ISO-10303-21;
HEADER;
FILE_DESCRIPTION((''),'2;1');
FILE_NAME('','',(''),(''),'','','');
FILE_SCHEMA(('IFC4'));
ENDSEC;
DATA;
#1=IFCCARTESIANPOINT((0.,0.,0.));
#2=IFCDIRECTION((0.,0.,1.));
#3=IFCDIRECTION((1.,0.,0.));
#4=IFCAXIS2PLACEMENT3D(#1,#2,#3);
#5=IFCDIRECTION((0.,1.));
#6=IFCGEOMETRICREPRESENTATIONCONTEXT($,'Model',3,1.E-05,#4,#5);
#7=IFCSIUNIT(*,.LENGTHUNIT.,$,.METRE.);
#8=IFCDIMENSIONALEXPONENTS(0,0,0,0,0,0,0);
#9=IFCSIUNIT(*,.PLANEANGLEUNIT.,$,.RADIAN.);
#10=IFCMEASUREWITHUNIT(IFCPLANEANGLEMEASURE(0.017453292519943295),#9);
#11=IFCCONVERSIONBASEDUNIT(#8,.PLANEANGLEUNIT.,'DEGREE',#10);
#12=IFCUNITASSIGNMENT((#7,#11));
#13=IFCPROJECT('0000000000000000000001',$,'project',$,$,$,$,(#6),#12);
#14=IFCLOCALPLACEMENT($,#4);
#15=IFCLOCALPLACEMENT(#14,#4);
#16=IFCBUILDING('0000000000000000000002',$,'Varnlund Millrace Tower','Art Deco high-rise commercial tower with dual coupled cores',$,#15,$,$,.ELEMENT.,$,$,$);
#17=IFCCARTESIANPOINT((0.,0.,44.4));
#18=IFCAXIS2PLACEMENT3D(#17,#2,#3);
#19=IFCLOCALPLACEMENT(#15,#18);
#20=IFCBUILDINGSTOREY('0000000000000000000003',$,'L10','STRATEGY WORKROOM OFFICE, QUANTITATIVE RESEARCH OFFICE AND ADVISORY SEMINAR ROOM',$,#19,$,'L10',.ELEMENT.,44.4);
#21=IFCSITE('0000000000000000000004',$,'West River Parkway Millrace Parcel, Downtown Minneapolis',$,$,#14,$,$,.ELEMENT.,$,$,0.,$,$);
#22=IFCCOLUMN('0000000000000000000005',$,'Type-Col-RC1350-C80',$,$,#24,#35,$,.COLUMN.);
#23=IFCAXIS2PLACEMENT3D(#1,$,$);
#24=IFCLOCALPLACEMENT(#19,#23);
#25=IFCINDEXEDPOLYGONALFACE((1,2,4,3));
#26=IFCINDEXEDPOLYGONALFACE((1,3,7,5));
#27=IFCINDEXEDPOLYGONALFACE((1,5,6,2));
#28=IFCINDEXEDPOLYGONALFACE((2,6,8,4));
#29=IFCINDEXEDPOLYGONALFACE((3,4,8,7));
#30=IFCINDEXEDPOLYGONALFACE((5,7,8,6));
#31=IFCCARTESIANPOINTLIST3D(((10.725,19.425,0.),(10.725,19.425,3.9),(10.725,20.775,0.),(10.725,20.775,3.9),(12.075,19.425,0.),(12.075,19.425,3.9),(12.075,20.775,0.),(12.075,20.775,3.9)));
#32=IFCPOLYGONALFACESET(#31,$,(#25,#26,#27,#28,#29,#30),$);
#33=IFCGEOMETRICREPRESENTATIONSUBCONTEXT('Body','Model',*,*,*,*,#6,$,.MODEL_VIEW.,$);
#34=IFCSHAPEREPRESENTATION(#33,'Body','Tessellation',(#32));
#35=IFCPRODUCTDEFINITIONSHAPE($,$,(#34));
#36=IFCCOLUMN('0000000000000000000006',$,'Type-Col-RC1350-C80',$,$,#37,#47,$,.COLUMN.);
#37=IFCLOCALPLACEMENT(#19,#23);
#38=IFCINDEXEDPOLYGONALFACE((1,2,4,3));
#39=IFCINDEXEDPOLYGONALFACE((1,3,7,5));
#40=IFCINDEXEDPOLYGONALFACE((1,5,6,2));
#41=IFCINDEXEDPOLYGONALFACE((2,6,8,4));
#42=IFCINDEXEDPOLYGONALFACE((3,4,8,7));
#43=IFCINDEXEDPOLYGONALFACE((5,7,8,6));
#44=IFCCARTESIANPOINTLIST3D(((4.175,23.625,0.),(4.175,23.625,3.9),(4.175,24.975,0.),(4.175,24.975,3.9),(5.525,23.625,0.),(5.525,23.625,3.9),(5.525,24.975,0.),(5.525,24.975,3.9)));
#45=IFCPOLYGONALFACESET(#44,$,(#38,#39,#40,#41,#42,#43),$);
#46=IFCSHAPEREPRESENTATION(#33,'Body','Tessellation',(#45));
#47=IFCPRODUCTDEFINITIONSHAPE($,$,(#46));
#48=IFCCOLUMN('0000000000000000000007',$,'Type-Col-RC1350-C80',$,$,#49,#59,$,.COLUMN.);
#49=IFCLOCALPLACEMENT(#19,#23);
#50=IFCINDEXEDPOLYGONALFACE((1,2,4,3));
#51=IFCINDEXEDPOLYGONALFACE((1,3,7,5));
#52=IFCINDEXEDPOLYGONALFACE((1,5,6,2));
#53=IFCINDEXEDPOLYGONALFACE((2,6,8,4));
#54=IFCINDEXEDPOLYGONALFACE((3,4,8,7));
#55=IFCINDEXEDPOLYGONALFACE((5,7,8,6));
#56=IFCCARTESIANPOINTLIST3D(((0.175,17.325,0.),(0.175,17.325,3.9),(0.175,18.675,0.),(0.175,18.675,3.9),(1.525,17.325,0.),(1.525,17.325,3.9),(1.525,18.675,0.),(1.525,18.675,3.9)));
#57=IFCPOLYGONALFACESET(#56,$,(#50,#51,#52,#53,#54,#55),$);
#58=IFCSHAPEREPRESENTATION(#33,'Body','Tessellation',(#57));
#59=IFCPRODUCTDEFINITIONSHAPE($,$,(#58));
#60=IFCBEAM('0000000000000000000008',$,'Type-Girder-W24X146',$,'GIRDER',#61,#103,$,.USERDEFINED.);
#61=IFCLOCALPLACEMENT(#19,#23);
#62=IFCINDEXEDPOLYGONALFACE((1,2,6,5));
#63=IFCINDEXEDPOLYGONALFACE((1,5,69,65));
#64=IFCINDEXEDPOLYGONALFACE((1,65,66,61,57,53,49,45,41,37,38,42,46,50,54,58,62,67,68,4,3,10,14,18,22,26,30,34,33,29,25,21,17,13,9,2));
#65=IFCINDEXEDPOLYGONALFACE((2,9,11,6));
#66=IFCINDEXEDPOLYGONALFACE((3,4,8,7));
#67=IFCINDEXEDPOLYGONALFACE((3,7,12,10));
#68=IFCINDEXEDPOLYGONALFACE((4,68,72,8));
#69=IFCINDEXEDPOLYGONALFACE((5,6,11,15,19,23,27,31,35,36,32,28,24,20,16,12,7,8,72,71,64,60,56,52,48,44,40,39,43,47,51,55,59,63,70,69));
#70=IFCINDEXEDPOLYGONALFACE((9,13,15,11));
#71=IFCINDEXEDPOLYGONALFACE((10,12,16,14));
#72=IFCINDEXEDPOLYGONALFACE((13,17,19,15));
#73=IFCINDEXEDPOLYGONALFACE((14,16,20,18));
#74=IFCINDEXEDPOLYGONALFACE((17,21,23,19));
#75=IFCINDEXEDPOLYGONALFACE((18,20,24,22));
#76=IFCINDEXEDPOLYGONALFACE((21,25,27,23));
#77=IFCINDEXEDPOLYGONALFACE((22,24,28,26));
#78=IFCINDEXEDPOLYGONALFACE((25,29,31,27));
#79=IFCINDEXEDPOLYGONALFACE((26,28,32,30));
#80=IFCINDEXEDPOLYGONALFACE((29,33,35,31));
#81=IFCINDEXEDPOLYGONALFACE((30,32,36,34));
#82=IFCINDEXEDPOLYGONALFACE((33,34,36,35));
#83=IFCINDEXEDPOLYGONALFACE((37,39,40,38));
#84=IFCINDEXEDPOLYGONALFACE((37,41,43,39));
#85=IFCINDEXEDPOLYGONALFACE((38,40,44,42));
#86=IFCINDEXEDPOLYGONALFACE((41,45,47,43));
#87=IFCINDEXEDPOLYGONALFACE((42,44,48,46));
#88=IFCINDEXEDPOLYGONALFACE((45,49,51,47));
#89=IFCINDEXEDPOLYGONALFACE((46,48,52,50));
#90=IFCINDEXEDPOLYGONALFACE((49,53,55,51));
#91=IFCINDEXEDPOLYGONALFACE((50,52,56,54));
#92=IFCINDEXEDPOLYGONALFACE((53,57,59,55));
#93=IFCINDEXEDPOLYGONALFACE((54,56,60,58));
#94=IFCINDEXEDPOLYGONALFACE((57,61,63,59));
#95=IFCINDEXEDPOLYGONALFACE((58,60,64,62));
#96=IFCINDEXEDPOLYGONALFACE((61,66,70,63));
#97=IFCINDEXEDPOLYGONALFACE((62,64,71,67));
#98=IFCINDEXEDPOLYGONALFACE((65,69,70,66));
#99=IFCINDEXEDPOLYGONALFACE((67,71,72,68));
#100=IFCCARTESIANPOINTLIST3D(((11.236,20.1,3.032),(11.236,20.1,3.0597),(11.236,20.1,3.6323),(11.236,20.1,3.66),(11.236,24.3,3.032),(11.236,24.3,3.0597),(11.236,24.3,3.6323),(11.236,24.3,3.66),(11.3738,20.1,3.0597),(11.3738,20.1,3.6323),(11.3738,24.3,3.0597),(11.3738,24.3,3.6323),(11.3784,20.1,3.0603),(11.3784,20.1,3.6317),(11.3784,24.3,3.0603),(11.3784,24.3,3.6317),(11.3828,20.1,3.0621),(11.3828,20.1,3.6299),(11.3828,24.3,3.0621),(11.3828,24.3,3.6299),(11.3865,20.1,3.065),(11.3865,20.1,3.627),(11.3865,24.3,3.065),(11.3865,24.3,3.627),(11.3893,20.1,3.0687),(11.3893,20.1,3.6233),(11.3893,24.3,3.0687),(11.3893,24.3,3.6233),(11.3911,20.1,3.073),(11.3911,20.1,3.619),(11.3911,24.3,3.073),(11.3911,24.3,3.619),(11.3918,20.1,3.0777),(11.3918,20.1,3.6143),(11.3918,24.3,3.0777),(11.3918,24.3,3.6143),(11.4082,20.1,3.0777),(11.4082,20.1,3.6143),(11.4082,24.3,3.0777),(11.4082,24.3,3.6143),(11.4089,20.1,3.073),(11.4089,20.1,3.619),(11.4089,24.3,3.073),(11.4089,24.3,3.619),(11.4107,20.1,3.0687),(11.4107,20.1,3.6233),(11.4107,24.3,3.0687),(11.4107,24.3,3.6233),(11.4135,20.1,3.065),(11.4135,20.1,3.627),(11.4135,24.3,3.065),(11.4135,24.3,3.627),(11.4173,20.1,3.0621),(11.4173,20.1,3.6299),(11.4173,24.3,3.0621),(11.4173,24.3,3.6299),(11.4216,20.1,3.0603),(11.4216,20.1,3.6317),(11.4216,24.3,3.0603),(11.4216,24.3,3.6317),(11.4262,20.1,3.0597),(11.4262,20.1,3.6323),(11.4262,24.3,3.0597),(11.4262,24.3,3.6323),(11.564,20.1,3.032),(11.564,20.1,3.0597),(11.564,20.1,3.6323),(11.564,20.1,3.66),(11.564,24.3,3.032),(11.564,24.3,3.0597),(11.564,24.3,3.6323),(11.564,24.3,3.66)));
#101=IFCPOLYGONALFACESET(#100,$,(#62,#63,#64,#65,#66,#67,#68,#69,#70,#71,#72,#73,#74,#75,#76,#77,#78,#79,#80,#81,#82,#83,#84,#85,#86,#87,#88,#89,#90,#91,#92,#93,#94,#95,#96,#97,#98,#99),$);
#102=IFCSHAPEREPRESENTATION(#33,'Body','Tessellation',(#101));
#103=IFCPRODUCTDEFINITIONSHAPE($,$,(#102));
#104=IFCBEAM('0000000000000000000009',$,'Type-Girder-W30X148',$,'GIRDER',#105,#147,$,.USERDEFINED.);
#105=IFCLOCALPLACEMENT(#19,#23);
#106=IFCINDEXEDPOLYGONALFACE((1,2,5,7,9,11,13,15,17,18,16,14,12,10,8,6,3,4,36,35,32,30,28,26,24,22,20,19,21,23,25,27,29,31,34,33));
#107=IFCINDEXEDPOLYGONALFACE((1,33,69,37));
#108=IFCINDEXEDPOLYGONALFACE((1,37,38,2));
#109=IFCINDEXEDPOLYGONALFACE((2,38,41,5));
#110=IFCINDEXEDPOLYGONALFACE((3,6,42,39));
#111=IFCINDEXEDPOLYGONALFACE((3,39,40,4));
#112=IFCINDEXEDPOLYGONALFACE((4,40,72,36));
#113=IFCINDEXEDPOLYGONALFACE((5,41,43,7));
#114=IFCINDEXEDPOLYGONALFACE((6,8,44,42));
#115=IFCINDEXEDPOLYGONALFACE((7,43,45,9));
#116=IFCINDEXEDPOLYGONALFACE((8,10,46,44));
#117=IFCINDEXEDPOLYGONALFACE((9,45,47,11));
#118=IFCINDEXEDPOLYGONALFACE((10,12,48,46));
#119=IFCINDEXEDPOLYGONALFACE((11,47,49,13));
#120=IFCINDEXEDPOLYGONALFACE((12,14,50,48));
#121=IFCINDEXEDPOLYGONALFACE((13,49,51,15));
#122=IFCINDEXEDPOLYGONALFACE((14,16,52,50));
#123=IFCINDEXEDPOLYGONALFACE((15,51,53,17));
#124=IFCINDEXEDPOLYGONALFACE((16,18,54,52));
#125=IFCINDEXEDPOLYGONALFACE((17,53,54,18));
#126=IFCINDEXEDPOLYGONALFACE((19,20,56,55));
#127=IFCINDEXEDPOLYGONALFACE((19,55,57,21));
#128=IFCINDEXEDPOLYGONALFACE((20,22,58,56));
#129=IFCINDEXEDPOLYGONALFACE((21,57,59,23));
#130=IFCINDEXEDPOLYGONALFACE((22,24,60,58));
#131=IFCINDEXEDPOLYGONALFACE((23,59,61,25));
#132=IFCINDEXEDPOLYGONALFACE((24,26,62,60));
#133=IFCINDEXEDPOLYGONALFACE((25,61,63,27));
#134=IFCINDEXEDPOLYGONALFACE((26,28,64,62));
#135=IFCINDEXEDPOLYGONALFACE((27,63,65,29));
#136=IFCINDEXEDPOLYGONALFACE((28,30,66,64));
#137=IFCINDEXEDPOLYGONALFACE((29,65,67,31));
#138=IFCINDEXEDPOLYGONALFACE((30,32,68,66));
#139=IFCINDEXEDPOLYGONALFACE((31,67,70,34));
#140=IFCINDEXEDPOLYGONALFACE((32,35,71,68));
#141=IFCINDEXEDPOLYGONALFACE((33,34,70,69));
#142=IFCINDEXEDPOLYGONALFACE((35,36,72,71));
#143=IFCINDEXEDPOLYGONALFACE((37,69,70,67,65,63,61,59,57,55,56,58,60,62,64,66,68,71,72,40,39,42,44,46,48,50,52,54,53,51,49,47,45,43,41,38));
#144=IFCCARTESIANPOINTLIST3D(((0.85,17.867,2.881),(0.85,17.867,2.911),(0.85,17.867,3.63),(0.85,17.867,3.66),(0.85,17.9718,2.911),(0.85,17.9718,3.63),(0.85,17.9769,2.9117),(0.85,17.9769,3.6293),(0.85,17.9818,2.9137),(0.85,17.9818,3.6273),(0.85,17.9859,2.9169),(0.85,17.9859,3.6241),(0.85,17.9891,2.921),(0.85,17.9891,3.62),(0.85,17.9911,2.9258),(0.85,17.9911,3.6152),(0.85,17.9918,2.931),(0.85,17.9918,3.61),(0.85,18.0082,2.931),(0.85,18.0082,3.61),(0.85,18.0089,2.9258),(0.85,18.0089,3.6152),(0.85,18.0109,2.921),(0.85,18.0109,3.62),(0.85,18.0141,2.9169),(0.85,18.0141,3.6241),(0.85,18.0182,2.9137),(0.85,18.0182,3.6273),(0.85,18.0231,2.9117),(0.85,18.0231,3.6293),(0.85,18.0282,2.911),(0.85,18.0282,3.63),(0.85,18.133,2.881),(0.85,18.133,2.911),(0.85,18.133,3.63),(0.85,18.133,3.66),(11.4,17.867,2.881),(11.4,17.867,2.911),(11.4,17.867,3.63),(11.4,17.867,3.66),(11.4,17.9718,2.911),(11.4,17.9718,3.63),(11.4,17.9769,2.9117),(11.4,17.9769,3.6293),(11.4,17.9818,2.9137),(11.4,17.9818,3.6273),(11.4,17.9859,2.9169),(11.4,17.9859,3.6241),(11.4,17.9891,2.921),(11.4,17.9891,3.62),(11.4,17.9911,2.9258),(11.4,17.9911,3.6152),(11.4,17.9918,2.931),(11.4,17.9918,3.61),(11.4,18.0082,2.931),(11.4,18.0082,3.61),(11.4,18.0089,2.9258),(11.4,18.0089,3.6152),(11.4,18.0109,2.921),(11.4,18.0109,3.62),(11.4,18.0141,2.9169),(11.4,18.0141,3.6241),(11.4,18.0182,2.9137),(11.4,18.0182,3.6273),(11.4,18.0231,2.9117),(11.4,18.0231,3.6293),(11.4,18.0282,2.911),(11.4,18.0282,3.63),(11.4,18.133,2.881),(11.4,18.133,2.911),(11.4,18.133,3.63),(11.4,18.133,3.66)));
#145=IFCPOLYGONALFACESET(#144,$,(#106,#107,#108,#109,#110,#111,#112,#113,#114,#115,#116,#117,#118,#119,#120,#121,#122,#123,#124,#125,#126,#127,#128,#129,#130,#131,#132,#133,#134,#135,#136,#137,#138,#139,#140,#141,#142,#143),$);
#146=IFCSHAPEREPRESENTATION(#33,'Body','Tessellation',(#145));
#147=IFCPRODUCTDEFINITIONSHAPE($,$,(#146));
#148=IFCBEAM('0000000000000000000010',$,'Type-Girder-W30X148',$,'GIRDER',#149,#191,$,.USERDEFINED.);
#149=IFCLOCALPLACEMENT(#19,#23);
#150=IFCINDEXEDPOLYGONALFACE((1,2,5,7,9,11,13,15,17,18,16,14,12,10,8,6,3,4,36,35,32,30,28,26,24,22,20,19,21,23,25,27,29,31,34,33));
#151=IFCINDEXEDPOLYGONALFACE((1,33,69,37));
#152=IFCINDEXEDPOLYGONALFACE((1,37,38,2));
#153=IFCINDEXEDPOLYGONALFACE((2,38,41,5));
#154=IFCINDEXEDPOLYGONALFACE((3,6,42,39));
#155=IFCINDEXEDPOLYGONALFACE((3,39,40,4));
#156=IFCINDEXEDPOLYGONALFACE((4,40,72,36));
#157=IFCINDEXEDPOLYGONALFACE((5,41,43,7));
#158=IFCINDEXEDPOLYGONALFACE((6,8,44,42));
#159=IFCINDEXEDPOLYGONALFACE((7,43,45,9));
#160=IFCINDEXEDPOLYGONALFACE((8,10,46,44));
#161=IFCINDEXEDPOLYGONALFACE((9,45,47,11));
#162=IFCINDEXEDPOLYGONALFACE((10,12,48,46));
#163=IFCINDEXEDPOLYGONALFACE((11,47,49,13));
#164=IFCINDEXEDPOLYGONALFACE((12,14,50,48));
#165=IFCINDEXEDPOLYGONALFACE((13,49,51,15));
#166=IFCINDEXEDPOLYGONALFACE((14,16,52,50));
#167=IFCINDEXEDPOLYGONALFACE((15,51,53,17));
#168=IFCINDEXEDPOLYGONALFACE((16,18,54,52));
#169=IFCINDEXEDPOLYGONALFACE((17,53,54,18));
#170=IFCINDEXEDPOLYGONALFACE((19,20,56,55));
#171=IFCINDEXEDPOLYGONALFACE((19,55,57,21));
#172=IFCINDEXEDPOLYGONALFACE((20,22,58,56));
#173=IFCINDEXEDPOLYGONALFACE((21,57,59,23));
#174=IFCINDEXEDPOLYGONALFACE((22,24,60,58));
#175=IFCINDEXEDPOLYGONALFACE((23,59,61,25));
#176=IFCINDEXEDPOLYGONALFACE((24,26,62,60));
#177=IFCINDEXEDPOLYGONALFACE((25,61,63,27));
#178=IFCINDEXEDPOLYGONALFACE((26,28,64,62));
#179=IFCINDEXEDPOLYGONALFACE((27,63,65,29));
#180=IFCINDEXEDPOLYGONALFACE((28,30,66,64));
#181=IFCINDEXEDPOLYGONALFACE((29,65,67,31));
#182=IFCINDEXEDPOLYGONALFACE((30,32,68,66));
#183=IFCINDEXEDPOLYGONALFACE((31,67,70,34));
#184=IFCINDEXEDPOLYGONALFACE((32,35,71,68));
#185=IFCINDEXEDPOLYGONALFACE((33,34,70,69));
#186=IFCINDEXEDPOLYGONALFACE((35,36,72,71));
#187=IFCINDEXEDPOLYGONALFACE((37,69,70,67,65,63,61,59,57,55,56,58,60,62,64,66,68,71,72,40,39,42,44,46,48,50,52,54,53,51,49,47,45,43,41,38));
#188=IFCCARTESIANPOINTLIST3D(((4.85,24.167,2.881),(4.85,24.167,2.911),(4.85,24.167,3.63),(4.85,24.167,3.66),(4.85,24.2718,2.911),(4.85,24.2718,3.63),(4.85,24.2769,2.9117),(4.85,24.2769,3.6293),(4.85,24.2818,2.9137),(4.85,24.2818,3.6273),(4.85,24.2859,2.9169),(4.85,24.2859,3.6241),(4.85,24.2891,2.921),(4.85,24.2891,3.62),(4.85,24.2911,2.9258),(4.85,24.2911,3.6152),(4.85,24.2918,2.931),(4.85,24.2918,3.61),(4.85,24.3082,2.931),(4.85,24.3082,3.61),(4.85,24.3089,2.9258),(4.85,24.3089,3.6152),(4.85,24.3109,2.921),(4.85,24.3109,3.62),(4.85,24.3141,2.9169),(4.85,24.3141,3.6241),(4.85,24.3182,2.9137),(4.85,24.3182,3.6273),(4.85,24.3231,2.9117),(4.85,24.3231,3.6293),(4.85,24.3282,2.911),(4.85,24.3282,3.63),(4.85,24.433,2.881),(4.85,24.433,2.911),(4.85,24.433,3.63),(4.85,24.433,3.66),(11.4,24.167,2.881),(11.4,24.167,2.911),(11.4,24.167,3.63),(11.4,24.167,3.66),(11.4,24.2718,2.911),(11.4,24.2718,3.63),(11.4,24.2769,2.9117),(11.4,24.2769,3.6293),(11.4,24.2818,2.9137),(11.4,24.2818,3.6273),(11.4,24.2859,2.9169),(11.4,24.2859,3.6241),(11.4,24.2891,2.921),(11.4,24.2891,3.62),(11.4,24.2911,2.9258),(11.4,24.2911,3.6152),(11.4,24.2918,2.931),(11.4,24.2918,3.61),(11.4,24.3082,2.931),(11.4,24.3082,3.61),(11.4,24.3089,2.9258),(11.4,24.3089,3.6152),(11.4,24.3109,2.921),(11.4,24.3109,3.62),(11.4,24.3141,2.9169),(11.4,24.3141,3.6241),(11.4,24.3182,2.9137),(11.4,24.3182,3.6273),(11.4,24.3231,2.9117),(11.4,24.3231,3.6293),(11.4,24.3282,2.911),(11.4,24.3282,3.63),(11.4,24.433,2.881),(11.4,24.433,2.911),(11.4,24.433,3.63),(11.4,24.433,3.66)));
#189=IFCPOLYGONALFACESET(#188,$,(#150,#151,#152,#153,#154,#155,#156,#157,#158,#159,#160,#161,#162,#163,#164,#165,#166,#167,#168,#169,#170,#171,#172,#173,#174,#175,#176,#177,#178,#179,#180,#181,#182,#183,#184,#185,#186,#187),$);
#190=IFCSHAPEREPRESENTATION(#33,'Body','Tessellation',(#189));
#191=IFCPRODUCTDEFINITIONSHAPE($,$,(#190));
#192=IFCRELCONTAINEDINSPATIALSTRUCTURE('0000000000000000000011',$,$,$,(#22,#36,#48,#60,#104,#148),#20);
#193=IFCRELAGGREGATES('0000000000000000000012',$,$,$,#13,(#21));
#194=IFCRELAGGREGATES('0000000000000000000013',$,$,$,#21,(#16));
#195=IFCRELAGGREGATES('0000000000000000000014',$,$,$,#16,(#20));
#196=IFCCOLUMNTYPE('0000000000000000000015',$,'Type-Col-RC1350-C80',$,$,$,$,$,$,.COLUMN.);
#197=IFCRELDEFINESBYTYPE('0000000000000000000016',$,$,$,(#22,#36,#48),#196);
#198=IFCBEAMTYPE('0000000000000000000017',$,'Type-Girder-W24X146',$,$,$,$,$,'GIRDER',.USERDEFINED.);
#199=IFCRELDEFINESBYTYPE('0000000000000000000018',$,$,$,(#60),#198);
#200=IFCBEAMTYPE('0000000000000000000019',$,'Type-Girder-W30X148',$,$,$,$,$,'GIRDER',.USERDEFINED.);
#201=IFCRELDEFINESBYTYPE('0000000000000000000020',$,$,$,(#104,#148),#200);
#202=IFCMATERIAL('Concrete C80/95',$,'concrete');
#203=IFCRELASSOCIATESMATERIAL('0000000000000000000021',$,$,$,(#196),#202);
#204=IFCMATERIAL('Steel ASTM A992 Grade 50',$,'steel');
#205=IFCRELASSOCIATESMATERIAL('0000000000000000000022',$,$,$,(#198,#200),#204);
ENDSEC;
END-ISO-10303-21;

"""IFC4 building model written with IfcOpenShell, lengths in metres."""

from ifc_helpers import new_model, entity, si_unit, converted_unit, direction, frame, origin_with_axes, origin_2d_with_axis, place, context, subcontext, project, spatial, rectangle, i_section, extrude, material, material_profile, profile_set, type_object, element, save


model = new_model("IFC4")

# Units and contexts
model_context = context("Model", 3, precision=1e-05, world=origin_with_axes(), true_north=direction((0.0, 1.0)))
body_context = subcontext(model_context, "Body", "Model", "MODEL_VIEW")
ifc_project = project(units=[si_unit("LENGTHUNIT", "METRE"), converted_unit("PLANEANGLEUNIT", "DEGREE", entity("IfcPlaneAngleMeasure", 0.017453292519943295), si_unit("PLANEANGLEUNIT", "RADIAN"), dimensions=[0, 0, 0, 0, 0, 0, 0])], contexts=[model_context])

# Site, building, storey
site_placement = place(None, origin_with_axes())
site = spatial("IfcSite", under=ifc_project, at=site_placement, Name="West River Parkway Millrace Parcel, Downtown Minneapolis", CompositionType="ELEMENT", RefElevation=0.0)
building_placement = place(site_placement, origin_with_axes())
building = spatial("IfcBuilding", under=site, at=building_placement, Name="Varnlund Millrace Tower", Description="Art Deco high-rise commercial tower with dual coupled cores", CompositionType="ELEMENT")
storey_placement = place(building_placement, frame((0.0, 0.0, 44.4), z_axis=(0.0, 0.0, 1.0), x_axis=(1.0, 0.0, 0.0)))
storey = spatial("IfcBuildingStorey", under=building, at=storey_placement, Name="L10", Description="STRATEGY WORKROOM OFFICE, QUANTITATIVE RESEARCH OFFICE AND ADVISORY SEMINAR ROOM", LongName="L10", CompositionType="ELEMENT", Elevation=44.4)

# Columns
ifc_material_1 = material(Name="Concrete C80/95", Category="concrete")
ifc_material_profile_1 = material_profile(ifc_material_1, rectangle(XDim=1.35, YDim=1.35, at=origin_2d_with_axis()), Name="Concrete C80/95")
ifc_profile_set_1 = profile_set([ifc_material_profile_1], Name="Concrete C80/95")
column_type = type_object("IfcColumnType", Name="Type-Col-RC1350-C80", PredefinedType="COLUMN", material=ifc_profile_set_1)
for number, where, z_axis, x_axis, name in (
    (1, (11.4, 20.1, 0.0), (0.0, 0.0, 1.0), (1.0, 0.0, 0.0), "Type-Col-RC1350-C80"),
    (2, (4.85, 24.3, 0.0), (0.0, 0.0, 1.0), (1.0, 0.0, 0.0), "Type-Col-RC1350-C80"),
    (3, (0.85, 18.0, 0.0), (0.0, 0.0, 1.0), (1.0, 0.0, 0.0), "Type-Col-RC1350-C80"),
):
    element("IfcColumn", number, at=place(storey_placement, frame(where, z_axis=z_axis, x_axis=x_axis)), inside=storey, type_object=column_type, Name=name, PredefinedType="COLUMN", context=body_context, shape_type="SweptSolid", body=[
        extrude(rectangle(XDim=1.35, YDim=1.35, at=origin_2d_with_axis()), origin_with_axes(), (0.0, 0.0, 1.0), 3.9),
    ])

# Beams
ifc_material_2 = material(Name="Steel ASTM A992 Grade 50", Category="steel")
ifc_material_profile_2 = material_profile(ifc_material_2, i_section(OverallWidth=0.328, OverallDepth=0.628, WebThickness=0.0165, FlangeThickness=0.0277, FilletRadius=0.018, at=origin_2d_with_axis()), Name="Steel ASTM A992 Grade 50")
ifc_profile_set_2 = profile_set([ifc_material_profile_2], Name="Steel ASTM A992 Grade 50")
beam_type_1 = type_object("IfcBeamType", Name="Type-Girder-W24X146", ElementType="GIRDER", PredefinedType="USERDEFINED", material=ifc_profile_set_2)
beam_1_placement = place(storey_placement, frame((11.4, 20.1, 3.346), z_axis=(0.0, 1.0, 0.0), x_axis=(-1.0, 0.0, 0.0)))
element("IfcBeam", 4, at=beam_1_placement, inside=storey, type_object=beam_type_1, Name="Type-Girder-W24X146", ObjectType="GIRDER", PredefinedType="USERDEFINED", context=body_context, shape_type="SweptSolid", body=[
    extrude(i_section(OverallWidth=0.328, OverallDepth=0.628, WebThickness=0.0165, FlangeThickness=0.0277, FilletRadius=0.018, at=origin_2d_with_axis()), origin_with_axes(), (0.0, 0.0, 1.0), 4.2),
])
ifc_material_profile_3 = material_profile(ifc_material_2, i_section(OverallWidth=0.266, OverallDepth=0.779, WebThickness=0.0165, FlangeThickness=0.03, FilletRadius=0.02, at=origin_2d_with_axis()), Name="Steel ASTM A992 Grade 50")
ifc_profile_set_3 = profile_set([ifc_material_profile_3], Name="Steel ASTM A992 Grade 50")
beam_type_2 = type_object("IfcBeamType", Name="Type-Girder-W30X148", ElementType="GIRDER", PredefinedType="USERDEFINED", material=ifc_profile_set_3)
beam_2_placement = place(storey_placement, frame((0.85, 18.0, 3.2705), z_axis=(1.0, 0.0, 0.0), x_axis=(0.0, 1.0, 0.0)))
element("IfcBeam", 5, at=beam_2_placement, inside=storey, type_object=beam_type_2, Name="Type-Girder-W30X148", ObjectType="GIRDER", PredefinedType="USERDEFINED", context=body_context, shape_type="SweptSolid", body=[
    extrude(i_section(OverallWidth=0.266, OverallDepth=0.779, WebThickness=0.0165, FlangeThickness=0.03, FilletRadius=0.02, at=origin_2d_with_axis()), origin_with_axes(), (0.0, 0.0, 1.0), 10.55),
])
beam_3_placement = place(storey_placement, frame((4.85, 24.3, 3.2705), z_axis=(1.0, 0.0, 0.0), x_axis=(0.0, 1.0, 0.0)))
element("IfcBeam", 6, at=beam_3_placement, inside=storey, type_object=beam_type_2, Name="Type-Girder-W30X148", ObjectType="GIRDER", PredefinedType="USERDEFINED", context=body_context, shape_type="SweptSolid", body=[
    extrude(i_section(OverallWidth=0.266, OverallDepth=0.779, WebThickness=0.0165, FlangeThickness=0.03, FilletRadius=0.02, at=origin_2d_with_axis()), origin_with_axes(), (0.0, 0.0, 1.0), 6.55),
])

save(model, "model.ifc")
